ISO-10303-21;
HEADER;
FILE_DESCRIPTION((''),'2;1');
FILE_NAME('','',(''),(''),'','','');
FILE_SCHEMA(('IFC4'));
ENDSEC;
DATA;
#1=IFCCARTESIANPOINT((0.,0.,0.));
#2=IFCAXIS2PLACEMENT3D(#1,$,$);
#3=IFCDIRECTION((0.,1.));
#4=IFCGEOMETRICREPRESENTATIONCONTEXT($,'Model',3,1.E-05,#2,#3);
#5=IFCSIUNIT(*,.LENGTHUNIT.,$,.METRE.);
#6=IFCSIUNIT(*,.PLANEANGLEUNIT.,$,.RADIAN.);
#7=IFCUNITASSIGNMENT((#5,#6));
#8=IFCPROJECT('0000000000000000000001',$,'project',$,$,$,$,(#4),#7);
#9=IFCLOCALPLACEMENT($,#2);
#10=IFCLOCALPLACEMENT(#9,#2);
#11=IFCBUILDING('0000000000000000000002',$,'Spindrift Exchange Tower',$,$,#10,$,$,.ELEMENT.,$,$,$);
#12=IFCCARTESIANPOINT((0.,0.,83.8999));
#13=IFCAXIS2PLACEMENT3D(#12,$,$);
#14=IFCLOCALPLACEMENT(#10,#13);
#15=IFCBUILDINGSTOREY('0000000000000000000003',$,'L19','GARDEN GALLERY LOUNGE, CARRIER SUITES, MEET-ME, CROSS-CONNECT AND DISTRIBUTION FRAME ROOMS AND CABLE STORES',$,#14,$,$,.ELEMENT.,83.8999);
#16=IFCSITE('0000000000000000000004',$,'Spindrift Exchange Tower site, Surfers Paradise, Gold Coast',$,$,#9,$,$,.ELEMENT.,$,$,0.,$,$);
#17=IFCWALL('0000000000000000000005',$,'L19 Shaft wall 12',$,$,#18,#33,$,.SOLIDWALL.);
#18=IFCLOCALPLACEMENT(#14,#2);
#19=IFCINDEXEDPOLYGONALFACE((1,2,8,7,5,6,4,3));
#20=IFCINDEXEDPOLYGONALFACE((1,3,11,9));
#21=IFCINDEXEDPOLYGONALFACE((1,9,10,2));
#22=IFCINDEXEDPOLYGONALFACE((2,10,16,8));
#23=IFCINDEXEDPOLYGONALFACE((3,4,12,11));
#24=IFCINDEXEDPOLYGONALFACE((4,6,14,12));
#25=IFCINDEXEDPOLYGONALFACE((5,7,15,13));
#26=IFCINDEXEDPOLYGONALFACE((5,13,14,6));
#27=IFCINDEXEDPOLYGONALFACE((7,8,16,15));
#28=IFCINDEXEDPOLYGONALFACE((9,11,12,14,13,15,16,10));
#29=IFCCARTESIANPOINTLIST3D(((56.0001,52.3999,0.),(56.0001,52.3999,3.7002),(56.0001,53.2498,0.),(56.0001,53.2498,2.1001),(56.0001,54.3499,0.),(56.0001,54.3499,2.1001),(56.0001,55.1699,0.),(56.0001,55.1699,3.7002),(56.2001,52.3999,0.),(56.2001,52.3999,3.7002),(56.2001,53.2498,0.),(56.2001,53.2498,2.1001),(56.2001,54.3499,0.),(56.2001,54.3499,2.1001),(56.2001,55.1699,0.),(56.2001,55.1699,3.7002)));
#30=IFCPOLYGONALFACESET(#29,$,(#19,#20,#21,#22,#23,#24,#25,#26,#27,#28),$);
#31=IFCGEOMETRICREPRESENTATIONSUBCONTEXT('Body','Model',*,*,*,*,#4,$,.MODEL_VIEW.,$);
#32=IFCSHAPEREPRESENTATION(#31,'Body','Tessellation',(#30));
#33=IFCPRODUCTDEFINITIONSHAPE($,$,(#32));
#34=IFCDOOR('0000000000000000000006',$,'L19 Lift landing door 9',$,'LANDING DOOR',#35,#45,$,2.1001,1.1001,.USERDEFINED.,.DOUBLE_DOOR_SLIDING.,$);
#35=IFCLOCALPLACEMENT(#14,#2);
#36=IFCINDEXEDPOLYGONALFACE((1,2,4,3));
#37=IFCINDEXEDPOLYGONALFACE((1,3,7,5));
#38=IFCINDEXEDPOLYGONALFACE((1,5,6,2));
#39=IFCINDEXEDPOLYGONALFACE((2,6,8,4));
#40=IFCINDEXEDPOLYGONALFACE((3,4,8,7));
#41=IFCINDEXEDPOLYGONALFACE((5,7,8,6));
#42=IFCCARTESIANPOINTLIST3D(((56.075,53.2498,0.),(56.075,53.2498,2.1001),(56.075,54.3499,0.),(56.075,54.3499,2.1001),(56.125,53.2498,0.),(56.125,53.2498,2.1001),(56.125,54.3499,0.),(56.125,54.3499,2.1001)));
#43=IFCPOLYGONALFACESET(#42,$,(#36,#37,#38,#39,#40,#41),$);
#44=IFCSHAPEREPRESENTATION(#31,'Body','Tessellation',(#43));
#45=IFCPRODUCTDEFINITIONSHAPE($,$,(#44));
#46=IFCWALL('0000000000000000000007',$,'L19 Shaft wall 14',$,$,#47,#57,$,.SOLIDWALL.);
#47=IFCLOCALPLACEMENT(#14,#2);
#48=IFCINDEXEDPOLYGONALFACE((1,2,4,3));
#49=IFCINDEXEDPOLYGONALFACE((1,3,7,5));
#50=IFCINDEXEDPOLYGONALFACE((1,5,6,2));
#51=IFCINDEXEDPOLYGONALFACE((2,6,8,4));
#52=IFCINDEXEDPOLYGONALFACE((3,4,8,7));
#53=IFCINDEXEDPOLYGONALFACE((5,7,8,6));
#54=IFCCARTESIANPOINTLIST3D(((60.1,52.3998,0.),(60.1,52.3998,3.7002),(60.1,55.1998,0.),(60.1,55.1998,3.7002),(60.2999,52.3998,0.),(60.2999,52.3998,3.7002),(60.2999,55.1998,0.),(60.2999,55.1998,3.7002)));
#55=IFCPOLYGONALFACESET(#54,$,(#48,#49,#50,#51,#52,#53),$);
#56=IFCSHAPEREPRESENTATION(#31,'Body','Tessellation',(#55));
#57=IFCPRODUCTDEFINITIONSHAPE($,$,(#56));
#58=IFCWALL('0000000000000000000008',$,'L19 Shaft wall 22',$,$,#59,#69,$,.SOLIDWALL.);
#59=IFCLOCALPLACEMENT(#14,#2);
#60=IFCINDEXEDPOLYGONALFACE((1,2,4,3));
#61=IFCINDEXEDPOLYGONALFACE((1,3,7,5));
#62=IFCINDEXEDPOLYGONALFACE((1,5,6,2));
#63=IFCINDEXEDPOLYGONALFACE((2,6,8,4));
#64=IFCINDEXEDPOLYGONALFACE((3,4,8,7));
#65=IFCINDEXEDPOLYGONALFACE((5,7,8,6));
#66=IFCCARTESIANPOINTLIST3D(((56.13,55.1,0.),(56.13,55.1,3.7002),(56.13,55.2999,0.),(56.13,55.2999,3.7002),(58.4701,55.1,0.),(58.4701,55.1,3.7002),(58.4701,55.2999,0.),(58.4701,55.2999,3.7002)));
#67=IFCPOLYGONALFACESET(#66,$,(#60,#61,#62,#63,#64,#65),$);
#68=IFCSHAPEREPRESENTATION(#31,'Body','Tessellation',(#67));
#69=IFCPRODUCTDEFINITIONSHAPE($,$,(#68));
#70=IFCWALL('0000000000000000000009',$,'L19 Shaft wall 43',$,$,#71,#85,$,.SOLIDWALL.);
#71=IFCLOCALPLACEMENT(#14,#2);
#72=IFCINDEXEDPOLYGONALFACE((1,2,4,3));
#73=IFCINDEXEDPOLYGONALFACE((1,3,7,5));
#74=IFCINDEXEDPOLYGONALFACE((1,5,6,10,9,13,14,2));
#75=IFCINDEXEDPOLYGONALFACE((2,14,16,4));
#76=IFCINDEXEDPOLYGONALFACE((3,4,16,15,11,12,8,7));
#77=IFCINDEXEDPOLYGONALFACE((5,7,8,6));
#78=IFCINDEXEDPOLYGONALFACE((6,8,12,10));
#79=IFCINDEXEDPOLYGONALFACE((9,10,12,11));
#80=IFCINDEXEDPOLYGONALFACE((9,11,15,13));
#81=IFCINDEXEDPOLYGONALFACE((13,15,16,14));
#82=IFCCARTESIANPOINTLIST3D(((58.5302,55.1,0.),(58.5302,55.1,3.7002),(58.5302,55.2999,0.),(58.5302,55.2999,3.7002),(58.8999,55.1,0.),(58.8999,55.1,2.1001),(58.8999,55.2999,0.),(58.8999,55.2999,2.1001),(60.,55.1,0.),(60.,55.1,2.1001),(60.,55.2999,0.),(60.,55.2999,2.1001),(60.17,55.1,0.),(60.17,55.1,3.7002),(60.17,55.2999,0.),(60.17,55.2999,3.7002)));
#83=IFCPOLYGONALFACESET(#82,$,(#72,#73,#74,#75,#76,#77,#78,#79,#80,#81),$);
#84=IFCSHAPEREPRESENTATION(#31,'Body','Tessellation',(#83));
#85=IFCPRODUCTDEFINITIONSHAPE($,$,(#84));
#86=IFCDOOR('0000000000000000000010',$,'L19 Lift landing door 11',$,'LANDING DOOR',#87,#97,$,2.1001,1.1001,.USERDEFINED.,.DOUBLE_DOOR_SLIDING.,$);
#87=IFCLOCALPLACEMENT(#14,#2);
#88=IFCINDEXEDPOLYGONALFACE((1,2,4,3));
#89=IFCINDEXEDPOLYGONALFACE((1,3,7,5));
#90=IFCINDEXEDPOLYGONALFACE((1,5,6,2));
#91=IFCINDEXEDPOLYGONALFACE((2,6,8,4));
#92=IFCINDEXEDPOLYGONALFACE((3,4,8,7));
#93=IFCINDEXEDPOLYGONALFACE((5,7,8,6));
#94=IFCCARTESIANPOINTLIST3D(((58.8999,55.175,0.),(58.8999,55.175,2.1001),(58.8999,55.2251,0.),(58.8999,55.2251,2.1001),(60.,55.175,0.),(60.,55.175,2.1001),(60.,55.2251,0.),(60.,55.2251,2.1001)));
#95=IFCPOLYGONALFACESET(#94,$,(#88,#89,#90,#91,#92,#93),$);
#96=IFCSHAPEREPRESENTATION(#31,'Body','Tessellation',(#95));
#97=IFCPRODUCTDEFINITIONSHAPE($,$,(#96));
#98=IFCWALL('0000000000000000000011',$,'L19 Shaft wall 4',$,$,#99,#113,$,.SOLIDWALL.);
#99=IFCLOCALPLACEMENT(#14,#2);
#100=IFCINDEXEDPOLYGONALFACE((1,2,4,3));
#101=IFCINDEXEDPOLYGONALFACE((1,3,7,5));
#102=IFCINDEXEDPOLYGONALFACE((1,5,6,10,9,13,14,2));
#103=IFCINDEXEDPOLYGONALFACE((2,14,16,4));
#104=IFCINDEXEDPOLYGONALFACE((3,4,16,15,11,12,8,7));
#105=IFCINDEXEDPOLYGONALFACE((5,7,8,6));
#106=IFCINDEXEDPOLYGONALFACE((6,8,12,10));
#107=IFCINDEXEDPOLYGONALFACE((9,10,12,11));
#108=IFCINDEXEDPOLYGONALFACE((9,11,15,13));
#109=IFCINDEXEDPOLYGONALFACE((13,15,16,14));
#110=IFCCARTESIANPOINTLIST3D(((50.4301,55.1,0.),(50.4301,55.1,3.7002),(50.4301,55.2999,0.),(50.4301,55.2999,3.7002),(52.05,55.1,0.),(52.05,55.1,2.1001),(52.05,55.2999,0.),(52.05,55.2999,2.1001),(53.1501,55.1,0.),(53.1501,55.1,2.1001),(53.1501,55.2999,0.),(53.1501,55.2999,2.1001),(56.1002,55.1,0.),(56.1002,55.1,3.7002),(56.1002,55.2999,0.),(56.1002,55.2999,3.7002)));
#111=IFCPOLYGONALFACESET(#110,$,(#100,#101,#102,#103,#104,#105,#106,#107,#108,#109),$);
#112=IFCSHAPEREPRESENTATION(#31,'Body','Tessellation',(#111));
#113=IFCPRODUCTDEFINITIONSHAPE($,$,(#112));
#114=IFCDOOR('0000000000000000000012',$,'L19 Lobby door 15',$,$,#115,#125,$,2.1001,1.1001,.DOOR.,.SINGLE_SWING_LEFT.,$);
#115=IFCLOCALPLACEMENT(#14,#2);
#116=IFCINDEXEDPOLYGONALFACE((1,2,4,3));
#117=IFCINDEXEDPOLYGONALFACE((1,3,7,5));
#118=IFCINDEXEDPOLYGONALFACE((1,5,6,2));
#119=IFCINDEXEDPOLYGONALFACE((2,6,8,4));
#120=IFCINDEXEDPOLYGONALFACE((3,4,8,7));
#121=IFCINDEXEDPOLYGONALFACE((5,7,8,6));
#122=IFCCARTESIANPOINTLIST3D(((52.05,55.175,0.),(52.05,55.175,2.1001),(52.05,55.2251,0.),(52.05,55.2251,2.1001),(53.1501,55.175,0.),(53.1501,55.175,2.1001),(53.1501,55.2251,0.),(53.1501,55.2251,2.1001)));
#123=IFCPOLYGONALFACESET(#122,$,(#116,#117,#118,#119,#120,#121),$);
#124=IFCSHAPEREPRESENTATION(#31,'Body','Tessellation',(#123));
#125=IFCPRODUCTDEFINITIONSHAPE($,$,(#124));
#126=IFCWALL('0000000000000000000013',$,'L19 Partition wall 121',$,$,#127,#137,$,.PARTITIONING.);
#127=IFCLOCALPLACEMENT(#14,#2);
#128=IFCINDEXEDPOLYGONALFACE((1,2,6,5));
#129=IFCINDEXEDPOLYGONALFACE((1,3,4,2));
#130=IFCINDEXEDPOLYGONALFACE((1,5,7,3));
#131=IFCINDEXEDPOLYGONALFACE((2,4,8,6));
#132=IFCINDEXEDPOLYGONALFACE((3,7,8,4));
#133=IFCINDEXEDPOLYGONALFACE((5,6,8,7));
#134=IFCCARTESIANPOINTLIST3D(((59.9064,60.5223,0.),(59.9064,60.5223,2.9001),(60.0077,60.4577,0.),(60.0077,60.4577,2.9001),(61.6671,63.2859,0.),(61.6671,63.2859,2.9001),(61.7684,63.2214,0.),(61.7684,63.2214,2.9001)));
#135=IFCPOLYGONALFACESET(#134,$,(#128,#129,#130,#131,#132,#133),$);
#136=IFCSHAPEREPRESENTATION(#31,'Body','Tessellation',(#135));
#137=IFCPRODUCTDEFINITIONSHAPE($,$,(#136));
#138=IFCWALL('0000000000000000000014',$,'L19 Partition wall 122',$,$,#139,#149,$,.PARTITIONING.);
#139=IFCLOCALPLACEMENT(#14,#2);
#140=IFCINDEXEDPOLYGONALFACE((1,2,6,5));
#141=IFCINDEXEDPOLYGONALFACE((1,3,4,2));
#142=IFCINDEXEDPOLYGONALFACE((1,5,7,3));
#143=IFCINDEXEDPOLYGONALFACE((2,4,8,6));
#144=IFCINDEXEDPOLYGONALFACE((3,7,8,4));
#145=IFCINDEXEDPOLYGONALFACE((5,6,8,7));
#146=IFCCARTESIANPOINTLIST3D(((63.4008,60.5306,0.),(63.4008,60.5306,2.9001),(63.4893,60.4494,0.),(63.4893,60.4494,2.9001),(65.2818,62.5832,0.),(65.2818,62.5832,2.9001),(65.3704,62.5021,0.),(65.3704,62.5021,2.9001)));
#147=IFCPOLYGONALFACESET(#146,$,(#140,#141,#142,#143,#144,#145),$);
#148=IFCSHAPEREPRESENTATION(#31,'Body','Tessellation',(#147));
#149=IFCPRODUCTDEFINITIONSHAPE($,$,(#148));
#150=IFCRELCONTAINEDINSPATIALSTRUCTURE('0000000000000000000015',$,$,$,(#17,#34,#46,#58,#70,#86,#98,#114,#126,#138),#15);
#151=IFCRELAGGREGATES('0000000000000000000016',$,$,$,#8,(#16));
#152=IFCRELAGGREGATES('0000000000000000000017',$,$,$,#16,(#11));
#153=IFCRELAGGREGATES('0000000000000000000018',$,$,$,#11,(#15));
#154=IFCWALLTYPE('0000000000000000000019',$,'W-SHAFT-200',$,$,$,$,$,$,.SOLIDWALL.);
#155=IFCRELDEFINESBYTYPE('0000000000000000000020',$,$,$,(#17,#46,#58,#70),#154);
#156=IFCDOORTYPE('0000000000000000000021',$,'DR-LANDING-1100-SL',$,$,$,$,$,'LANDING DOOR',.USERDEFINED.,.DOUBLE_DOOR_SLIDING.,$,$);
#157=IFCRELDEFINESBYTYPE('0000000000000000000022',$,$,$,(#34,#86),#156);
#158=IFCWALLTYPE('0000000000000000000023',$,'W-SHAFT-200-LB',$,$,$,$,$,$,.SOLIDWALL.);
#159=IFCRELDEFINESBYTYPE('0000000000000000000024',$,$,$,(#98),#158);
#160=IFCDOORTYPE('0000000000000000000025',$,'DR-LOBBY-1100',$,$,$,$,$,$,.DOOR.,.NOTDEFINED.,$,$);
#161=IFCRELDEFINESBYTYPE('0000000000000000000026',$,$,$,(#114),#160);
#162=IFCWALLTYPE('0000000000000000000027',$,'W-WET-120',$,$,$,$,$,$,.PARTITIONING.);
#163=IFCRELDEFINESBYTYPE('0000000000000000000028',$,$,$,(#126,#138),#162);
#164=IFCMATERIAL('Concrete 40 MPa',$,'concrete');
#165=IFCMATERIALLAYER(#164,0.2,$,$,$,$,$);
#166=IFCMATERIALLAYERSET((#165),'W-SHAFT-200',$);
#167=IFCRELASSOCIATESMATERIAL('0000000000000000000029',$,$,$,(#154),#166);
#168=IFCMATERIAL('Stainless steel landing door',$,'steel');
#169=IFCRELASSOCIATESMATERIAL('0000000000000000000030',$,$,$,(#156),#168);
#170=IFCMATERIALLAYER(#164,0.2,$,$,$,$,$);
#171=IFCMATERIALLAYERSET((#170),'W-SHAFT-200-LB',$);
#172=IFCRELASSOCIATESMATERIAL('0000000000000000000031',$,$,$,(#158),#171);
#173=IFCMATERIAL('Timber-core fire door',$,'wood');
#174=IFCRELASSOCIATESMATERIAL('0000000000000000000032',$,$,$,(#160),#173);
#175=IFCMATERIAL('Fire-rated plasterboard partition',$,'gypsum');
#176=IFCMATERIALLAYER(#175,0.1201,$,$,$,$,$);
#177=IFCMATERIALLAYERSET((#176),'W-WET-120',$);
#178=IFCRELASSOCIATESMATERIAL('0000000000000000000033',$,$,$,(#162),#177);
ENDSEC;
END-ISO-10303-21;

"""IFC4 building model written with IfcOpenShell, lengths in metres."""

from ifc_helpers import new_model, si_unit, direction, frame, frame_2d, origin, place, context, subcontext, project, spatial, rectangle, extrude, source, transform, mapped, material, layer, layer_set, type_object, element, fill, save


model = new_model("IFC4")

# Units and contexts
model_context = context("Model", 3, precision=1e-05, world=origin(), true_north=direction((0.0, 1.0)))
body_context = subcontext(model_context, "Body", "Model", "MODEL_VIEW")
ifc_project = project(units=[si_unit("LENGTHUNIT", "METRE"), si_unit("PLANEANGLEUNIT", "RADIAN")], contexts=[model_context])

# Site, building, storey
site_placement = place(None, origin())
site = spatial("IfcSite", under=ifc_project, at=site_placement, Name="Spindrift Exchange Tower site, Surfers Paradise, Gold Coast", CompositionType="ELEMENT", RefElevation=0.0)
building_placement = place(site_placement, origin())
building = spatial("IfcBuilding", under=site, at=building_placement, Name="Spindrift Exchange Tower", CompositionType="ELEMENT")
storey_placement = place(building_placement, frame((0.0, 0.0, 83.8999)))
storey = spatial("IfcBuildingStorey", under=building, at=storey_placement, Name="L19", Description="GARDEN GALLERY LOUNGE, CARRIER SUITES, MEET-ME, CROSS-CONNECT AND DISTRIBUTION FRAME ROOMS AND CABLE STORES", CompositionType="ELEMENT", Elevation=83.8999)

# Shared definitions
ifc_material_1 = material(Name="Fire-rated plasterboard partition", Category="gypsum")

# Wall, opening, door
ifc_material_2 = material(Name="Concrete 40 MPa", Category="concrete")
ifc_layer_1 = layer(ifc_material_2, 0.2)
ifc_layer_set_1 = layer_set([ifc_layer_1], Name="W-SHAFT-200")
wall_type_1 = type_object("IfcWallType", Name="W-SHAFT-200", PredefinedType="SOLIDWALL", material=ifc_layer_set_1)
wall_1_placement = place(storey_placement, frame((56.1001, 55.1699, 0.0), z_axis=(0.0, 0.0, 1.0), x_axis=(0.0, -1.0, 0.0)))
wall_1 = element("IfcWall", 1, at=wall_1_placement, inside=storey, type_object=wall_type_1, Name="L19 Shaft wall 12", PredefinedType="SOLIDWALL", context=body_context, shape_type="SweptSolid", body=[
    extrude(rectangle(XDim=2.77, YDim=0.2, at=frame_2d((1.385, 0.0))), origin(), (0.0, 0.0, 1.0), 3.7002),
])
opening_1_placement = place(wall_1_placement, frame((0.8201, 0.0, 0.0)))
opening_1 = element("IfcOpeningElement", 2, at=opening_1_placement, cuts=wall_1, PredefinedType="OPENING", context=body_context, shape_type="SweptSolid", body=[
    extrude(rectangle(XDim=1.1001, YDim=2.1001, at=frame_2d((0.55, 1.05))), frame((0.0, 0.1099, 0.0), z_axis=(0.0, -1.0, 0.0), x_axis=(1.0, 0.0, 0.0)), (0.0, 0.0, 1.0), 0.22),
])
ifc_material_3 = material(Name="Stainless steel landing door", Category="steel")
door_type_1 = type_object("IfcDoorType", Name="DR-LANDING-1100-SL", ElementType="LANDING DOOR", OperationType="DOUBLE_DOOR_SLIDING", PredefinedType="USERDEFINED", material=ifc_material_3)
shared_shape_1 = source(origin(), body_context, "Body", "SweptSolid", [
    extrude(rectangle(XDim=1.1001, YDim=2.1001, at=frame_2d((0.55, 1.05))), frame((0.0, 0.0249, 0.0), z_axis=(0.0, -1.0, 0.0), x_axis=(1.0, 0.0, 0.0)), (0.0, 0.0, 1.0), 0.05),
])
door_1_placement = place(opening_1_placement, origin())
door_1 = element("IfcDoor", 3, at=door_1_placement, inside=storey, type_object=door_type_1, Name="L19 Lift landing door 9", ObjectType="LANDING DOOR", OperationType="DOUBLE_DOOR_SLIDING", OverallHeight=2.1001, OverallWidth=1.1001, PredefinedType="USERDEFINED", context=body_context, shape_type="MappedRepresentation", body=[
    mapped(shared_shape_1, transform((0.0, 0.0, 0.0), scale=1.0)),
])
fill(opening_1, door_1)

# Walls
wall_2_placement = place(storey_placement, frame((60.2, 52.3999, 0.0), z_axis=(0.0, 0.0, 1.0), x_axis=(0.0, 1.0, 0.0)))
element("IfcWall", 4, at=wall_2_placement, inside=storey, type_object=wall_type_1, Name="L19 Shaft wall 14", PredefinedType="SOLIDWALL", context=body_context, shape_type="SweptSolid", body=[
    extrude(rectangle(XDim=2.8, YDim=0.2, at=frame_2d((1.3999, 0.0))), origin(), (0.0, 0.0, 1.0), 3.7002),
])
wall_3_placement = place(storey_placement, frame((58.47, 55.2, 0.0), z_axis=(0.0, 0.0, 1.0), x_axis=(-1.0, 0.0, 0.0)))
element("IfcWall", 5, at=wall_3_placement, inside=storey, type_object=wall_type_1, Name="L19 Shaft wall 22", PredefinedType="SOLIDWALL", context=body_context, shape_type="SweptSolid", body=[
    extrude(rectangle(XDim=2.3401, YDim=0.2, at=frame_2d((1.1699, 0.0))), origin(), (0.0, 0.0, 1.0), 3.7002),
])

# Walls, openings, doors
wall_4_placement = place(storey_placement, frame((60.1699, 55.2, 0.0), z_axis=(0.0, 0.0, 1.0), x_axis=(-1.0, 0.0, 0.0)))
wall_4 = element("IfcWall", 6, at=wall_4_placement, inside=storey, type_object=wall_type_1, Name="L19 Shaft wall 43", PredefinedType="SOLIDWALL", context=body_context, shape_type="SweptSolid", body=[
    extrude(rectangle(XDim=1.6399, YDim=0.2, at=frame_2d((0.8198, 0.0))), origin(), (0.0, 0.0, 1.0), 3.7002),
])
opening_2_placement = place(wall_4_placement, frame((0.1699, 0.0, 0.0)))
opening_2 = element("IfcOpeningElement", 7, at=opening_2_placement, cuts=wall_4, PredefinedType="OPENING", context=body_context, shape_type="SweptSolid", body=[
    extrude(rectangle(XDim=1.1001, YDim=2.1001, at=frame_2d((0.55, 1.05))), frame((0.0, 0.1099, 0.0), z_axis=(0.0, -1.0, 0.0), x_axis=(1.0, 0.0, 0.0)), (0.0, 0.0, 1.0), 0.22),
])
door_2_placement = place(opening_2_placement, origin())
door_2 = element("IfcDoor", 8, at=door_2_placement, inside=storey, type_object=door_type_1, Name="L19 Lift landing door 11", ObjectType="LANDING DOOR", OperationType="DOUBLE_DOOR_SLIDING", OverallHeight=2.1001, OverallWidth=1.1001, PredefinedType="USERDEFINED", context=body_context, shape_type="MappedRepresentation", body=[
    mapped(shared_shape_1, transform((0.0, 0.0, 0.0), scale=1.0)),
])
fill(opening_2, door_2)
ifc_layer_2 = layer(ifc_material_2, 0.2)
ifc_layer_set_2 = layer_set([ifc_layer_2], Name="W-SHAFT-200-LB")
wall_type_2 = type_object("IfcWallType", Name="W-SHAFT-200-LB", PredefinedType="SOLIDWALL", material=ifc_layer_set_2)
wall_5_placement = place(storey_placement, frame((56.1001, 55.2, 0.0), z_axis=(0.0, 0.0, 1.0), x_axis=(-1.0, 0.0, 0.0)))
wall_5 = element("IfcWall", 9, at=wall_5_placement, inside=storey, type_object=wall_type_2, Name="L19 Shaft wall 4", PredefinedType="SOLIDWALL", context=body_context, shape_type="SweptSolid", body=[
    extrude(rectangle(XDim=5.6702, YDim=0.2, at=frame_2d((2.835, 0.0))), origin(), (0.0, 0.0, 1.0), 3.7002),
])
opening_3_placement = place(wall_5_placement, frame((2.95, 0.0, 0.0)))
opening_3 = element("IfcOpeningElement", 10, at=opening_3_placement, cuts=wall_5, PredefinedType="OPENING", context=body_context, shape_type="SweptSolid", body=[
    extrude(rectangle(XDim=1.1001, YDim=2.1001, at=frame_2d((0.55, 1.05))), frame((0.0, 0.1099, 0.0), z_axis=(0.0, -1.0, 0.0), x_axis=(1.0, 0.0, 0.0)), (0.0, 0.0, 1.0), 0.22),
])
ifc_material_4 = material(Name="Timber-core fire door", Category="wood")
door_type_2 = type_object("IfcDoorType", Name="DR-LOBBY-1100", OperationType="NOTDEFINED", PredefinedType="DOOR", material=ifc_material_4)
shared_shape_2 = source(origin(), body_context, "Body", "SweptSolid", [
    extrude(rectangle(XDim=1.1001, YDim=2.1001, at=frame_2d((0.55, 1.05))), frame((0.0, 0.0249, 0.0), z_axis=(0.0, -1.0, 0.0), x_axis=(1.0, 0.0, 0.0)), (0.0, 0.0, 1.0), 0.05),
])
door_3_placement = place(opening_3_placement, origin())
door_3 = element("IfcDoor", 11, at=door_3_placement, inside=storey, type_object=door_type_2, Name="L19 Lobby door 15", OperationType="SINGLE_SWING_LEFT", OverallHeight=2.1001, OverallWidth=1.1001, PredefinedType="DOOR", context=body_context, shape_type="MappedRepresentation", body=[
    mapped(shared_shape_2, transform((0.0, 0.0, 0.0), scale=1.0)),
])
fill(opening_3, door_3)

# Walls
ifc_layer_3 = layer(ifc_material_1, 0.1201)
ifc_layer_set_3 = layer_set([ifc_layer_3], Name="W-WET-120")
wall_type_3 = type_object("IfcWallType", Name="W-WET-120", PredefinedType="PARTITIONING", material=ifc_layer_set_3)
wall_6_placement = place(storey_placement, frame((59.957, 60.49, 0.0), z_axis=(0.0, 0.0, 1.0), x_axis=(0.537319, 0.843379, 0.0)))
element("IfcWall", 12, at=wall_6_placement, inside=storey, type_object=wall_type_3, Name="L19 Partition wall 121", PredefinedType="PARTITIONING", context=body_context, shape_type="SweptSolid", body=[
    extrude(rectangle(XDim=3.2769, YDim=0.1201, at=frame_2d((1.6384, 0.0))), origin(), (0.0, 0.0, 1.0), 2.9001),
])
wall_7_placement = place(storey_placement, frame((63.4451, 60.49, 0.0), z_axis=(0.0, 0.0, 1.0), x_axis=(0.675613, 0.737256, 0.0)))
element("IfcWall", 13, at=wall_7_placement, inside=storey, type_object=wall_type_3, Name="L19 Partition wall 122", PredefinedType="PARTITIONING", context=body_context, shape_type="SweptSolid", body=[
    extrude(rectangle(XDim=2.7842, YDim=0.1201, at=frame_2d((1.3921, 0.0))), origin(), (0.0, 0.0, 1.0), 2.9001),
])

save(model, "model.ifc")
